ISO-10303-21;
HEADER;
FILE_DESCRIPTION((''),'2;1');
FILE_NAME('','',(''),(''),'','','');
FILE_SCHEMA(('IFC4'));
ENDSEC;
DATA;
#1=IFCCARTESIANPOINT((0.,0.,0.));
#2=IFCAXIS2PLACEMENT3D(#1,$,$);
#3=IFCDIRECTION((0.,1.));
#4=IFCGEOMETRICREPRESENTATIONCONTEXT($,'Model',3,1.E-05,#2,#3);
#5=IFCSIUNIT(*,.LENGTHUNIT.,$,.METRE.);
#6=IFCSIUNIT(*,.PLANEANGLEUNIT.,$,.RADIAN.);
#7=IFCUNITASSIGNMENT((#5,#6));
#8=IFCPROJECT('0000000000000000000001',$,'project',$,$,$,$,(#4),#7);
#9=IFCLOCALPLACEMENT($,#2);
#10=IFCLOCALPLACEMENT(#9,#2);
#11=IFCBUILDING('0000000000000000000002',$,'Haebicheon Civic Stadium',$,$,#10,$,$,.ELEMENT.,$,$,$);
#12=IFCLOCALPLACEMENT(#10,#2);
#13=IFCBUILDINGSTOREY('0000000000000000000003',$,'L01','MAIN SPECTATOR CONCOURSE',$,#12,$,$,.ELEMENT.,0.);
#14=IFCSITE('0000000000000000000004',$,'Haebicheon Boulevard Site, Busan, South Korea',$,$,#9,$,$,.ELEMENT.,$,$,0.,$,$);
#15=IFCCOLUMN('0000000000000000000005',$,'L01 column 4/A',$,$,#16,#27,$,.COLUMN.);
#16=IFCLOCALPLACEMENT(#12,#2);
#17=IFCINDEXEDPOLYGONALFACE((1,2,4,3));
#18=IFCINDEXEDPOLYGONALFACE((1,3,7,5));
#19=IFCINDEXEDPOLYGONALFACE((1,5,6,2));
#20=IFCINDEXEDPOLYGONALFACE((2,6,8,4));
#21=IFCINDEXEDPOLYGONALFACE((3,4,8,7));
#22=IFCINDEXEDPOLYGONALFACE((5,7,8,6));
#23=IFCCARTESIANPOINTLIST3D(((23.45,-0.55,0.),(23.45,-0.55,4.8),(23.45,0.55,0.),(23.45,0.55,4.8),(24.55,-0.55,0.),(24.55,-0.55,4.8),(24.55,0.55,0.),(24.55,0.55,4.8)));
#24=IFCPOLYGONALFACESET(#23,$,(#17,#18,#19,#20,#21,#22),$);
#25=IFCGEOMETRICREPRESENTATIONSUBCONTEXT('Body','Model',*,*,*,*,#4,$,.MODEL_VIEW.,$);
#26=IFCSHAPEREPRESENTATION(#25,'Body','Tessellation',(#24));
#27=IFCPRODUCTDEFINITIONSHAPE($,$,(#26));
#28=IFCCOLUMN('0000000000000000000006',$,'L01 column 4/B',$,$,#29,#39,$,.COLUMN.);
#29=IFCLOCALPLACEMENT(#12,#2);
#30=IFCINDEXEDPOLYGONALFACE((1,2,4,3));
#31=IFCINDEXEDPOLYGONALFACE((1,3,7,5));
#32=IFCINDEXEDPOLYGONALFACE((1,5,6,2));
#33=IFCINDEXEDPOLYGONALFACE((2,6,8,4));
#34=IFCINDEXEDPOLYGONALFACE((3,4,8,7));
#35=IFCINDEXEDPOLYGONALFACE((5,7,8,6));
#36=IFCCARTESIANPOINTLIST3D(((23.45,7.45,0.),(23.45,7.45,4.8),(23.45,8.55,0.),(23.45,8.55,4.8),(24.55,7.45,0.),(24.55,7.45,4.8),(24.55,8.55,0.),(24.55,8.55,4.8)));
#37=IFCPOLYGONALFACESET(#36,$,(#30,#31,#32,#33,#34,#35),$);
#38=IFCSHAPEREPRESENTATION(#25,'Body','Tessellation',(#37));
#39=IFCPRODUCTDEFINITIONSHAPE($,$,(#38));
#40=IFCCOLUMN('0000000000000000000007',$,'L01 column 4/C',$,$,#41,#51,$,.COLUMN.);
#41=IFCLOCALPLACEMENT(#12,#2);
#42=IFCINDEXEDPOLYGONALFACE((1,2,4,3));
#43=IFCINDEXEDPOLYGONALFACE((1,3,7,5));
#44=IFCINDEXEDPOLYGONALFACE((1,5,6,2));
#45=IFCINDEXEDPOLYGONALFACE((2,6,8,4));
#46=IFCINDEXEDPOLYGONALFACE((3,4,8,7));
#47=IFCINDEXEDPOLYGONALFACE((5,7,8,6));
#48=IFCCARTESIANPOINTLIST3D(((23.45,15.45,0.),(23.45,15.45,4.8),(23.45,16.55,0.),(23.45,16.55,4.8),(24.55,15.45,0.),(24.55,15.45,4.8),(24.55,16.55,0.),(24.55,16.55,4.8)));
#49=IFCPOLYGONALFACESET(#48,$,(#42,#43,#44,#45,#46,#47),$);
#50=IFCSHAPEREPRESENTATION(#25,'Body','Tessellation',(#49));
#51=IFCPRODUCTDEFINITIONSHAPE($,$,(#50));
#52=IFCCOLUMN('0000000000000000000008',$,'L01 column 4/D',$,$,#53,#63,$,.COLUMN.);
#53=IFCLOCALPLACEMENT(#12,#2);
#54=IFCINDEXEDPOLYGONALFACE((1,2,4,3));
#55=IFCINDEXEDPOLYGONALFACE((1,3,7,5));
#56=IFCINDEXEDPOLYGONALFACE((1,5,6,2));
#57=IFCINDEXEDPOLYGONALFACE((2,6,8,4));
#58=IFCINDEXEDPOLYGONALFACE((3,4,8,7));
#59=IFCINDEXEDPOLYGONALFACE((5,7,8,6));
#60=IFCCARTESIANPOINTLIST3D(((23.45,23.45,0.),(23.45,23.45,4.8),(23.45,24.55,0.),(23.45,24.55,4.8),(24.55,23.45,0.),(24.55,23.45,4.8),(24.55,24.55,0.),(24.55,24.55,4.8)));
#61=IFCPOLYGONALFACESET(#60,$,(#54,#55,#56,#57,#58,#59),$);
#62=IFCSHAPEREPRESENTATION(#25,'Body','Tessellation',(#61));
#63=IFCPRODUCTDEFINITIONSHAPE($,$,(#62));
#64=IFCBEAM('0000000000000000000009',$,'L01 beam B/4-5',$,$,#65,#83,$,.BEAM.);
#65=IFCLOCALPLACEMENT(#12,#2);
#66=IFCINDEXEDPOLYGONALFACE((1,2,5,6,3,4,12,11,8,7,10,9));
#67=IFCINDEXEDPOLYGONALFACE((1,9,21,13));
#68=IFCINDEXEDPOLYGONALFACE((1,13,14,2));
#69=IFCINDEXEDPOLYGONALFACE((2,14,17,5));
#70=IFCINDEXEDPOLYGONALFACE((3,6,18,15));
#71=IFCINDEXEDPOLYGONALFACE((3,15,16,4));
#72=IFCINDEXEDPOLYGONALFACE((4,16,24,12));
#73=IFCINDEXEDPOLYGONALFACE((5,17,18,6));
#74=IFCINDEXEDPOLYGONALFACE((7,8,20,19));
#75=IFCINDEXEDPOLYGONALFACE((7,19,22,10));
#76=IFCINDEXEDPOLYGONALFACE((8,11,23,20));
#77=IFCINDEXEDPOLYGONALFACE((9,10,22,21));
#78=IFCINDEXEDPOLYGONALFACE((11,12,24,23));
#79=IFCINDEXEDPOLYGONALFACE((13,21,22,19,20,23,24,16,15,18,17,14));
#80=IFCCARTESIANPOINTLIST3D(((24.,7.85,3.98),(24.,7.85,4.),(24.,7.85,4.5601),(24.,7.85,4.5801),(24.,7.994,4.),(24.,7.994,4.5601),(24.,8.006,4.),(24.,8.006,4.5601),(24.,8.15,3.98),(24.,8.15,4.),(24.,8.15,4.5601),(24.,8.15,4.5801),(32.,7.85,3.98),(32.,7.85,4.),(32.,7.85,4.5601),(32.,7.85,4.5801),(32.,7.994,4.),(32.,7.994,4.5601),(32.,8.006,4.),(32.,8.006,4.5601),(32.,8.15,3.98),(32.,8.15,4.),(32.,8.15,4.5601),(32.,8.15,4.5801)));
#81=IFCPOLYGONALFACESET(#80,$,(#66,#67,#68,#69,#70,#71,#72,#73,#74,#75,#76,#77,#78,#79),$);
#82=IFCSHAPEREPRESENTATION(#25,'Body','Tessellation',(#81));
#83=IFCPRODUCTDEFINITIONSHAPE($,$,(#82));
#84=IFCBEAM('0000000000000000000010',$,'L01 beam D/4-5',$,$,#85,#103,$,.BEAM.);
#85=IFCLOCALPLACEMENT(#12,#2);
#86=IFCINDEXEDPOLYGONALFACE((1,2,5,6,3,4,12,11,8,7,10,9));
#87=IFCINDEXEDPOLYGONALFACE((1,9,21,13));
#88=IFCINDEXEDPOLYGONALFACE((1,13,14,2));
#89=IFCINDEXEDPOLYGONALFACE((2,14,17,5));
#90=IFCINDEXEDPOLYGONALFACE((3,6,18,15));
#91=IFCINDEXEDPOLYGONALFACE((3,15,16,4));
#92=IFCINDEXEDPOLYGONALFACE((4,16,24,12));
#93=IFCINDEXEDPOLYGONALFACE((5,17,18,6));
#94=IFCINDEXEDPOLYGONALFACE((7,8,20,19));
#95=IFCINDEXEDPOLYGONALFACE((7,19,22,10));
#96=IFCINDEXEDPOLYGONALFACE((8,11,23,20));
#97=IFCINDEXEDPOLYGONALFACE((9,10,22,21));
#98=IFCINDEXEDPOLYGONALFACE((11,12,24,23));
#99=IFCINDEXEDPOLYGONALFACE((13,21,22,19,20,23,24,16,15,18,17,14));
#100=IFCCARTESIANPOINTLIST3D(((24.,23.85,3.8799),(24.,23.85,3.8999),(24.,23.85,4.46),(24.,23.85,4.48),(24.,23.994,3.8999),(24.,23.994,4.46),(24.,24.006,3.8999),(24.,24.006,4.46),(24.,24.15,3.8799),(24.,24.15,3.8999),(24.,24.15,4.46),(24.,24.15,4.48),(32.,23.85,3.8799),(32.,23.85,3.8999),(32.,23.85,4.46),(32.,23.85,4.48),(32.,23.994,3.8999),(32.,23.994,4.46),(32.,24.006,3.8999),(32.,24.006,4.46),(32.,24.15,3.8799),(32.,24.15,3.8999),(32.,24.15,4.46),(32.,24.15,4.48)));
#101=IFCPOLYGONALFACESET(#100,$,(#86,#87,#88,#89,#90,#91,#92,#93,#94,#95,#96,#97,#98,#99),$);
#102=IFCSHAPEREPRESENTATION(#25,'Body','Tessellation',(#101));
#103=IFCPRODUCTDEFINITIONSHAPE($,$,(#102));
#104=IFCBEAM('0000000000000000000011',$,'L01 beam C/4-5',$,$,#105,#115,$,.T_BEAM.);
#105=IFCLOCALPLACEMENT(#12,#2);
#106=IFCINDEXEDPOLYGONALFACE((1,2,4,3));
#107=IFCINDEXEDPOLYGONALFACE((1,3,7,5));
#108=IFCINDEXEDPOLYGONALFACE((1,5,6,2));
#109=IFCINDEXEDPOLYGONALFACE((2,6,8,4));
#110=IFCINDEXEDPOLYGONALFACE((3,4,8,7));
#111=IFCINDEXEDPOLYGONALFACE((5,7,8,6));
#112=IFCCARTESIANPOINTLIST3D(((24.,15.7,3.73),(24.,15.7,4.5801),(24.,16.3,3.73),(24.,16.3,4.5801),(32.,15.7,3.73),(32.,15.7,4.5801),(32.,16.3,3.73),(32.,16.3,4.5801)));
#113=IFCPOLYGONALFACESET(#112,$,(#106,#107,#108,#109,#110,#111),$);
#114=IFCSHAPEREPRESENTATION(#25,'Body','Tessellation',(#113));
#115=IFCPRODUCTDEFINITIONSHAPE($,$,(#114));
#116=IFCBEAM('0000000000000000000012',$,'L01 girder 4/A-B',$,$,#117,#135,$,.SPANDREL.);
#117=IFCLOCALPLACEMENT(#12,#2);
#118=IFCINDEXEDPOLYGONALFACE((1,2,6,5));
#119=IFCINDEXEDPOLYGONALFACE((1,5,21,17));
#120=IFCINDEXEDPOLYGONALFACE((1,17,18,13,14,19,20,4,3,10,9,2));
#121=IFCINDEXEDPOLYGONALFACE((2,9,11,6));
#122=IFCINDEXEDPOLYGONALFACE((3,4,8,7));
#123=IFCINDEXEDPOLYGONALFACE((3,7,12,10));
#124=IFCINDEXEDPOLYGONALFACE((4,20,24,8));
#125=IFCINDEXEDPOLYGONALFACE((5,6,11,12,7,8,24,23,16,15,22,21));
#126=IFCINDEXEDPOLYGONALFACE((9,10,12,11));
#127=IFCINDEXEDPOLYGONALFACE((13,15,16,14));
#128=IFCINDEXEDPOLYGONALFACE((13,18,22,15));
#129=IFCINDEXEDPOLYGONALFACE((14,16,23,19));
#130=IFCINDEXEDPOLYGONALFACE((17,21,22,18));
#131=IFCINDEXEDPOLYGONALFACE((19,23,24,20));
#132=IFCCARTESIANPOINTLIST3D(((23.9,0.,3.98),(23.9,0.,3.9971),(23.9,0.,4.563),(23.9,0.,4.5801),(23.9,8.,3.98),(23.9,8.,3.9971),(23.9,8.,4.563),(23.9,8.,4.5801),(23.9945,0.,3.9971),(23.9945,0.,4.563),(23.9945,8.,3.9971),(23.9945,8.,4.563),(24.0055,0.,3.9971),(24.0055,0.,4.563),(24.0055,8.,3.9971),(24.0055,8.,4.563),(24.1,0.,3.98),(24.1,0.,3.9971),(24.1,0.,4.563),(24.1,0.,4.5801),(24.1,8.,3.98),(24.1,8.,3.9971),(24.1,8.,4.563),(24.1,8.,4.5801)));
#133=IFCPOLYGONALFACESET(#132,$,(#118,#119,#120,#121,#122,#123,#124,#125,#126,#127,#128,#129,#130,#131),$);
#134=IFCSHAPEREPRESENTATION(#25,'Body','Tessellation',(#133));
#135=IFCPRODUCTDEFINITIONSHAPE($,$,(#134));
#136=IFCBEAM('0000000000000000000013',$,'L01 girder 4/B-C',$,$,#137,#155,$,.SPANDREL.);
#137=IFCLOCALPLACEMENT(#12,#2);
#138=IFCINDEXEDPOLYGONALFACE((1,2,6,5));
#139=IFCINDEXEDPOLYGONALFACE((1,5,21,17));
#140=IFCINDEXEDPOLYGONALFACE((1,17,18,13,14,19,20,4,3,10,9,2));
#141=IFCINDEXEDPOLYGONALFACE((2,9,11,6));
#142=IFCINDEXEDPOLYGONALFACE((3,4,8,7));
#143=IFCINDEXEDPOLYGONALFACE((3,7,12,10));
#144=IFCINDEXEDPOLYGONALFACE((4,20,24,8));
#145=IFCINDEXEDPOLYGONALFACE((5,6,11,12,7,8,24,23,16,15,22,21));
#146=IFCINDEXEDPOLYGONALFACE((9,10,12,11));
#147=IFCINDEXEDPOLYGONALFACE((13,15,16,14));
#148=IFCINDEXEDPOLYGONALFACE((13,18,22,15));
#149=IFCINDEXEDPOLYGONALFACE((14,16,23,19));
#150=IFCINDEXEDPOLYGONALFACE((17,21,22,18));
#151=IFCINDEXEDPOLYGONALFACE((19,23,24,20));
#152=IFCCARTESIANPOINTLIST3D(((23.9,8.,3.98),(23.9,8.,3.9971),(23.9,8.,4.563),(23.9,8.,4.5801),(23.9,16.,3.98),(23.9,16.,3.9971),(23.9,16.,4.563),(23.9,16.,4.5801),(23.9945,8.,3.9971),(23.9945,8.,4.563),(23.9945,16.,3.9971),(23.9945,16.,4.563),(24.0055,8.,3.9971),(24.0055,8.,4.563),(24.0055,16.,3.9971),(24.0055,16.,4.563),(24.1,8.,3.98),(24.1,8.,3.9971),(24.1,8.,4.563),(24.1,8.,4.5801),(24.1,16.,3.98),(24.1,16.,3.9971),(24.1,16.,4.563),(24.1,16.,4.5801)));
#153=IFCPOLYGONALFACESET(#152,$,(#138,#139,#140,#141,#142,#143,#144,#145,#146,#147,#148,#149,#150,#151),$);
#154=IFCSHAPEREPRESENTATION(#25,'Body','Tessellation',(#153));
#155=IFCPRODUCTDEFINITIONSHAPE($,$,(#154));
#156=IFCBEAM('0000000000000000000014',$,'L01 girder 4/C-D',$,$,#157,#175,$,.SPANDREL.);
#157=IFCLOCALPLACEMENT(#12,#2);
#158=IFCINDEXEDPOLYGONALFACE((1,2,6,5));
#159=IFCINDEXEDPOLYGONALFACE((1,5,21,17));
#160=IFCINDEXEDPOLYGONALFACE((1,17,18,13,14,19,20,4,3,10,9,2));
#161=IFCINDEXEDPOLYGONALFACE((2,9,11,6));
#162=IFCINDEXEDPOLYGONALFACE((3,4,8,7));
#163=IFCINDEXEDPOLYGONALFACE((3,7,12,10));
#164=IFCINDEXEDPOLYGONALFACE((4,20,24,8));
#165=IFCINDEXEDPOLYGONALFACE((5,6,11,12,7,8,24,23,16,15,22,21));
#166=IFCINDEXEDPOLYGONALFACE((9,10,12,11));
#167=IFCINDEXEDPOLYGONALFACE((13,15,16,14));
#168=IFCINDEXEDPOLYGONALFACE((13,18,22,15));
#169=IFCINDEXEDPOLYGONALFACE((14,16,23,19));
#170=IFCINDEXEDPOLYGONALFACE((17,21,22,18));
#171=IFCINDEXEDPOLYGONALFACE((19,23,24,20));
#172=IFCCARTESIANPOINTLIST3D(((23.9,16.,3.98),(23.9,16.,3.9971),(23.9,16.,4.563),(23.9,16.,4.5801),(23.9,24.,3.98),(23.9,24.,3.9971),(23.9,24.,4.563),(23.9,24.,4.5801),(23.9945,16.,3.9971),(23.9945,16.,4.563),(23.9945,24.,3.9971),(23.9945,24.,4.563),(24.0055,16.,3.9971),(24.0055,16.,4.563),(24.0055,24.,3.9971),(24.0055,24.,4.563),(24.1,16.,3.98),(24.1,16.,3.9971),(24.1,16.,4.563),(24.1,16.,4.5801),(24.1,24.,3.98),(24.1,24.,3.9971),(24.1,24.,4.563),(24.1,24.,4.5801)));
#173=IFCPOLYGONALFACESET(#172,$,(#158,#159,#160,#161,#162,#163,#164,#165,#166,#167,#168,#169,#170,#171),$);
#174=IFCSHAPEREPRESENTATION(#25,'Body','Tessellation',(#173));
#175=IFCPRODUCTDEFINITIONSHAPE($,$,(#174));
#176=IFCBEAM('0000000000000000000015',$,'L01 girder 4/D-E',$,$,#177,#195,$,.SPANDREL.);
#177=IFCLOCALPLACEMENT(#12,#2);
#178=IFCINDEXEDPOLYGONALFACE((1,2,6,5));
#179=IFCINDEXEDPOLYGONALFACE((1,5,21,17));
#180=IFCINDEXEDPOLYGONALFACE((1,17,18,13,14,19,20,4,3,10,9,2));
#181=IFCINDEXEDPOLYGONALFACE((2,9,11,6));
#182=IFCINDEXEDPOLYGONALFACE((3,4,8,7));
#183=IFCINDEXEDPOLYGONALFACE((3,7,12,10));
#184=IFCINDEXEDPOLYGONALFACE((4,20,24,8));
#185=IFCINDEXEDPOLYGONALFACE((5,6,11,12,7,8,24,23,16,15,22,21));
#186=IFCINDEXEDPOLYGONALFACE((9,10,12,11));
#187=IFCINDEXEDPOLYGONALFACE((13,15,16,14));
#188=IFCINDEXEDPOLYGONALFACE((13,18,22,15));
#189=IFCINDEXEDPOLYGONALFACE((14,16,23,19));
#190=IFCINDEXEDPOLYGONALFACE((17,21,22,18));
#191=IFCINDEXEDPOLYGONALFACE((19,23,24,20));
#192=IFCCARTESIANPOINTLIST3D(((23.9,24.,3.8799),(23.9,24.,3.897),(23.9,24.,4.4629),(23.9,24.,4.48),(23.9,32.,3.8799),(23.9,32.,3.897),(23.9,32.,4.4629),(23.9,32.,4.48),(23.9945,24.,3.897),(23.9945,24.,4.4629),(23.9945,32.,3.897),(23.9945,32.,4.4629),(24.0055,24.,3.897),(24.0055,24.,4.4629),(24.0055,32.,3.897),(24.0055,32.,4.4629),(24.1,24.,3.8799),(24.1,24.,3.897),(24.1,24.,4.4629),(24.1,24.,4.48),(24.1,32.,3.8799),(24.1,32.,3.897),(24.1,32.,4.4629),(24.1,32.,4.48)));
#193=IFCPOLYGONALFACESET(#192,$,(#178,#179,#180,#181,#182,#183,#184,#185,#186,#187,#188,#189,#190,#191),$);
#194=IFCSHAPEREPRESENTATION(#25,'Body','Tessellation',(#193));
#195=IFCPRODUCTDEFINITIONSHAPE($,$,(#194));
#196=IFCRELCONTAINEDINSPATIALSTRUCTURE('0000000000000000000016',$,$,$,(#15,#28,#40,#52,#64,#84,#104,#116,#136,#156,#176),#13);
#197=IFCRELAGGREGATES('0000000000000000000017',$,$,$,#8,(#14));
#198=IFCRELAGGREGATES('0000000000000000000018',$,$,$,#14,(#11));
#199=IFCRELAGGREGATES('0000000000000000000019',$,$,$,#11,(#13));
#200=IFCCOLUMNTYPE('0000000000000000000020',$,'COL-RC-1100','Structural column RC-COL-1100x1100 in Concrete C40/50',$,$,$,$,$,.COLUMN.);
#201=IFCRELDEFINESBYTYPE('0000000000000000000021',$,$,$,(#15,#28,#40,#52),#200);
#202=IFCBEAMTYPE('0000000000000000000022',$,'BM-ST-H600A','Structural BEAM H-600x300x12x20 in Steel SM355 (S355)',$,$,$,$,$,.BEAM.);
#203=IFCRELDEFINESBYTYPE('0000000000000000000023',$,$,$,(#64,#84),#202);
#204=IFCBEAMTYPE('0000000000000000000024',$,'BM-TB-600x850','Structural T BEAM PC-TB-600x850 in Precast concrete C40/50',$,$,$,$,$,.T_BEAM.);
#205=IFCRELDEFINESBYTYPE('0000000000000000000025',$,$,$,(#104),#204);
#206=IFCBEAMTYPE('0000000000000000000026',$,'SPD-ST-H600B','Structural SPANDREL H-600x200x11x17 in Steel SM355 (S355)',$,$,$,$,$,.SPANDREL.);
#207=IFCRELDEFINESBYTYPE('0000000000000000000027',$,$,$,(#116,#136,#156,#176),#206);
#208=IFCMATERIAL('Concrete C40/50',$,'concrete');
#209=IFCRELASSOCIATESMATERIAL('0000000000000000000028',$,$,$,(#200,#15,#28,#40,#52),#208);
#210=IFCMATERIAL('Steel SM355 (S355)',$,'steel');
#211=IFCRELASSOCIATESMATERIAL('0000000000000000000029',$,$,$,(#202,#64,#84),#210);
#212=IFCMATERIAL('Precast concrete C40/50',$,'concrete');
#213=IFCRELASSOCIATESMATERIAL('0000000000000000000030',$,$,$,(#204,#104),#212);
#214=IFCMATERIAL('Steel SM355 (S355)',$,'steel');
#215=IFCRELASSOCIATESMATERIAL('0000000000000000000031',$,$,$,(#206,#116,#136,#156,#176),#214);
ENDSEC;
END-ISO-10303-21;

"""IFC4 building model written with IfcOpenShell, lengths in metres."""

from ifc_helpers import new_model, si_unit, direction, frame, origin, origin_2d, place, context, subcontext, project, spatial, rectangle, i_section, extrude, material, material_profile, profile_set, type_object, element, save


model = new_model("IFC4")

# Units and contexts
model_context = context("Model", 3, precision=1e-05, world=origin(), true_north=direction((0.0, 1.0)))
body_context = subcontext(model_context, "Body", "Model", "MODEL_VIEW")
ifc_project = project(units=[si_unit("LENGTHUNIT", "METRE"), si_unit("PLANEANGLEUNIT", "RADIAN")], contexts=[model_context])

# Site, building, storey
site_placement = place(None, origin())
site = spatial("IfcSite", under=ifc_project, at=site_placement, Name="Haebicheon Boulevard Site, Busan, South Korea", CompositionType="ELEMENT", RefElevation=0.0)
building_placement = place(site_placement, origin())
building = spatial("IfcBuilding", under=site, at=building_placement, Name="Haebicheon Civic Stadium", CompositionType="ELEMENT")
storey_placement = place(building_placement, origin())
storey = spatial("IfcBuildingStorey", under=building, at=storey_placement, Name="L01", Description="MAIN SPECTATOR CONCOURSE", CompositionType="ELEMENT", Elevation=0.0)

# Columns
ifc_material_1 = material(Name="Concrete C40/50", Category="concrete")
ifc_material_profile_1 = material_profile(ifc_material_1, rectangle(XDim=1.1001, YDim=1.1001, at=origin_2d()), Name="RC-COL-1100x1100")
ifc_profile_set_1 = profile_set([ifc_material_profile_1], Name="Concrete C40/50")
column_type = type_object("IfcColumnType", Name="COL-RC-1100", Description="Structural column RC-COL-1100x1100 in Concrete C40/50", PredefinedType="COLUMN", material=ifc_profile_set_1)
for number, where, z_axis, x_axis, name in (
    (1, (24.0, 0.0, 0.0), (0.0, 0.0, 1.0), (1.0, 0.0, 0.0), "L01 column 4/A"),
    (2, (24.0, 8.0, 0.0), (0.0, 0.0, 1.0), (1.0, 0.0, 0.0), "L01 column 4/B"),
    (3, (24.0, 16.0, 0.0), (0.0, 0.0, 1.0), (1.0, 0.0, 0.0), "L01 column 4/C"),
    (4, (24.0, 24.0, 0.0), (0.0, 0.0, 1.0), (1.0, 0.0, 0.0), "L01 column 4/D"),
):
    element("IfcColumn", number, at=place(storey_placement, frame(where, z_axis=z_axis, x_axis=x_axis)), inside=storey, type_object=column_type, material=ifc_profile_set_1, Name=name, PredefinedType="COLUMN", context=body_context, shape_type="SweptSolid", body=[
        extrude(rectangle(XDim=1.1001, YDim=1.1001, at=origin_2d()), origin(), (0.0, 0.0, 1.0), 4.8),
    ])

# Beams
ifc_material_2 = material(Name="Steel SM355 (S355)", Category="steel")
ifc_material_profile_2 = material_profile(ifc_material_2, i_section(OverallWidth=0.3, OverallDepth=0.6001, WebThickness=0.012, FlangeThickness=0.02, at=origin_2d()), Name="H-600x300x12x20")
ifc_profile_set_2 = profile_set([ifc_material_profile_2], Name="Steel SM355 (S355)")
beam_type_1 = type_object("IfcBeamType", Name="BM-ST-H600A", Description="Structural BEAM H-600x300x12x20 in Steel SM355 (S355)", PredefinedType="BEAM", material=ifc_profile_set_2)
for number, where, z_axis, x_axis, name in (
    (5, (24.0, 8.0, 4.28), (1.0, 0.0, 0.0), (0.0, 1.0, 0.0), "L01 beam B/4-5"),
    (6, (24.0, 24.0, 4.1799), (1.0, 0.0, 0.0), (0.0, 1.0, 0.0), "L01 beam D/4-5"),
):
    element("IfcBeam", number, at=place(storey_placement, frame(where, z_axis=z_axis, x_axis=x_axis)), inside=storey, type_object=beam_type_1, material=ifc_profile_set_2, Name=name, PredefinedType="BEAM", context=body_context, shape_type="SweptSolid", body=[
        extrude(i_section(OverallWidth=0.3, OverallDepth=0.6001, WebThickness=0.012, FlangeThickness=0.02, at=origin_2d()), origin(), (0.0, 0.0, 1.0), 8.0),
    ])
ifc_material_3 = material(Name="Precast concrete C40/50", Category="concrete")
ifc_material_profile_3 = material_profile(ifc_material_3, rectangle(XDim=0.6001, YDim=0.8501, at=origin_2d()), Name="PC-TB-600x850")
ifc_profile_set_3 = profile_set([ifc_material_profile_3], Name="Precast concrete C40/50")
beam_type_2 = type_object("IfcBeamType", Name="BM-TB-600x850", Description="Structural T BEAM PC-TB-600x850 in Precast concrete C40/50", PredefinedType="T_BEAM", material=ifc_profile_set_3)
beam_placement = place(storey_placement, frame((24.0, 16.0, 4.155), z_axis=(1.0, 0.0, 0.0), x_axis=(0.0, 1.0, 0.0)))
element("IfcBeam", 7, at=beam_placement, inside=storey, type_object=beam_type_2, material=ifc_profile_set_3, Name="L01 beam C/4-5", PredefinedType="T_BEAM", context=body_context, shape_type="SweptSolid", body=[
    extrude(rectangle(XDim=0.6001, YDim=0.8501, at=origin_2d()), origin(), (0.0, 0.0, 1.0), 8.0),
])
ifc_material_4 = material(Name="Steel SM355 (S355)", Category="steel")
ifc_material_profile_4 = material_profile(ifc_material_4, i_section(OverallWidth=0.2, OverallDepth=0.6001, WebThickness=0.011, FlangeThickness=0.0171, at=origin_2d()), Name="H-600x200x11x17")
ifc_profile_set_4 = profile_set([ifc_material_profile_4], Name="Steel SM355 (S355)")
beam_type_3 = type_object("IfcBeamType", Name="SPD-ST-H600B", Description="Structural SPANDREL H-600x200x11x17 in Steel SM355 (S355)", PredefinedType="SPANDREL", material=ifc_profile_set_4)
for number, where, z_axis, x_axis, name in (
    (8, (24.0, 0.0, 4.28), (0.0, 1.0, 0.0), (-1.0, 0.0, 0.0), "L01 girder 4/A-B"),
    (9, (24.0, 8.0, 4.28), (0.0, 1.0, 0.0), (-1.0, 0.0, 0.0), "L01 girder 4/B-C"),
    (10, (24.0, 16.0, 4.28), (0.0, 1.0, 0.0), (-1.0, 0.0, 0.0), "L01 girder 4/C-D"),
    (11, (24.0, 24.0, 4.1799), (0.0, 1.0, 0.0), (-1.0, 0.0, 0.0), "L01 girder 4/D-E"),
):
    element("IfcBeam", number, at=place(storey_placement, frame(where, z_axis=z_axis, x_axis=x_axis)), inside=storey, type_object=beam_type_3, material=ifc_profile_set_4, Name=name, PredefinedType="SPANDREL", context=body_context, shape_type="SweptSolid", body=[
        extrude(i_section(OverallWidth=0.2, OverallDepth=0.6001, WebThickness=0.011, FlangeThickness=0.0171, at=origin_2d()), origin(), (0.0, 0.0, 1.0), 8.0),
    ])

save(model, "model.ifc")
